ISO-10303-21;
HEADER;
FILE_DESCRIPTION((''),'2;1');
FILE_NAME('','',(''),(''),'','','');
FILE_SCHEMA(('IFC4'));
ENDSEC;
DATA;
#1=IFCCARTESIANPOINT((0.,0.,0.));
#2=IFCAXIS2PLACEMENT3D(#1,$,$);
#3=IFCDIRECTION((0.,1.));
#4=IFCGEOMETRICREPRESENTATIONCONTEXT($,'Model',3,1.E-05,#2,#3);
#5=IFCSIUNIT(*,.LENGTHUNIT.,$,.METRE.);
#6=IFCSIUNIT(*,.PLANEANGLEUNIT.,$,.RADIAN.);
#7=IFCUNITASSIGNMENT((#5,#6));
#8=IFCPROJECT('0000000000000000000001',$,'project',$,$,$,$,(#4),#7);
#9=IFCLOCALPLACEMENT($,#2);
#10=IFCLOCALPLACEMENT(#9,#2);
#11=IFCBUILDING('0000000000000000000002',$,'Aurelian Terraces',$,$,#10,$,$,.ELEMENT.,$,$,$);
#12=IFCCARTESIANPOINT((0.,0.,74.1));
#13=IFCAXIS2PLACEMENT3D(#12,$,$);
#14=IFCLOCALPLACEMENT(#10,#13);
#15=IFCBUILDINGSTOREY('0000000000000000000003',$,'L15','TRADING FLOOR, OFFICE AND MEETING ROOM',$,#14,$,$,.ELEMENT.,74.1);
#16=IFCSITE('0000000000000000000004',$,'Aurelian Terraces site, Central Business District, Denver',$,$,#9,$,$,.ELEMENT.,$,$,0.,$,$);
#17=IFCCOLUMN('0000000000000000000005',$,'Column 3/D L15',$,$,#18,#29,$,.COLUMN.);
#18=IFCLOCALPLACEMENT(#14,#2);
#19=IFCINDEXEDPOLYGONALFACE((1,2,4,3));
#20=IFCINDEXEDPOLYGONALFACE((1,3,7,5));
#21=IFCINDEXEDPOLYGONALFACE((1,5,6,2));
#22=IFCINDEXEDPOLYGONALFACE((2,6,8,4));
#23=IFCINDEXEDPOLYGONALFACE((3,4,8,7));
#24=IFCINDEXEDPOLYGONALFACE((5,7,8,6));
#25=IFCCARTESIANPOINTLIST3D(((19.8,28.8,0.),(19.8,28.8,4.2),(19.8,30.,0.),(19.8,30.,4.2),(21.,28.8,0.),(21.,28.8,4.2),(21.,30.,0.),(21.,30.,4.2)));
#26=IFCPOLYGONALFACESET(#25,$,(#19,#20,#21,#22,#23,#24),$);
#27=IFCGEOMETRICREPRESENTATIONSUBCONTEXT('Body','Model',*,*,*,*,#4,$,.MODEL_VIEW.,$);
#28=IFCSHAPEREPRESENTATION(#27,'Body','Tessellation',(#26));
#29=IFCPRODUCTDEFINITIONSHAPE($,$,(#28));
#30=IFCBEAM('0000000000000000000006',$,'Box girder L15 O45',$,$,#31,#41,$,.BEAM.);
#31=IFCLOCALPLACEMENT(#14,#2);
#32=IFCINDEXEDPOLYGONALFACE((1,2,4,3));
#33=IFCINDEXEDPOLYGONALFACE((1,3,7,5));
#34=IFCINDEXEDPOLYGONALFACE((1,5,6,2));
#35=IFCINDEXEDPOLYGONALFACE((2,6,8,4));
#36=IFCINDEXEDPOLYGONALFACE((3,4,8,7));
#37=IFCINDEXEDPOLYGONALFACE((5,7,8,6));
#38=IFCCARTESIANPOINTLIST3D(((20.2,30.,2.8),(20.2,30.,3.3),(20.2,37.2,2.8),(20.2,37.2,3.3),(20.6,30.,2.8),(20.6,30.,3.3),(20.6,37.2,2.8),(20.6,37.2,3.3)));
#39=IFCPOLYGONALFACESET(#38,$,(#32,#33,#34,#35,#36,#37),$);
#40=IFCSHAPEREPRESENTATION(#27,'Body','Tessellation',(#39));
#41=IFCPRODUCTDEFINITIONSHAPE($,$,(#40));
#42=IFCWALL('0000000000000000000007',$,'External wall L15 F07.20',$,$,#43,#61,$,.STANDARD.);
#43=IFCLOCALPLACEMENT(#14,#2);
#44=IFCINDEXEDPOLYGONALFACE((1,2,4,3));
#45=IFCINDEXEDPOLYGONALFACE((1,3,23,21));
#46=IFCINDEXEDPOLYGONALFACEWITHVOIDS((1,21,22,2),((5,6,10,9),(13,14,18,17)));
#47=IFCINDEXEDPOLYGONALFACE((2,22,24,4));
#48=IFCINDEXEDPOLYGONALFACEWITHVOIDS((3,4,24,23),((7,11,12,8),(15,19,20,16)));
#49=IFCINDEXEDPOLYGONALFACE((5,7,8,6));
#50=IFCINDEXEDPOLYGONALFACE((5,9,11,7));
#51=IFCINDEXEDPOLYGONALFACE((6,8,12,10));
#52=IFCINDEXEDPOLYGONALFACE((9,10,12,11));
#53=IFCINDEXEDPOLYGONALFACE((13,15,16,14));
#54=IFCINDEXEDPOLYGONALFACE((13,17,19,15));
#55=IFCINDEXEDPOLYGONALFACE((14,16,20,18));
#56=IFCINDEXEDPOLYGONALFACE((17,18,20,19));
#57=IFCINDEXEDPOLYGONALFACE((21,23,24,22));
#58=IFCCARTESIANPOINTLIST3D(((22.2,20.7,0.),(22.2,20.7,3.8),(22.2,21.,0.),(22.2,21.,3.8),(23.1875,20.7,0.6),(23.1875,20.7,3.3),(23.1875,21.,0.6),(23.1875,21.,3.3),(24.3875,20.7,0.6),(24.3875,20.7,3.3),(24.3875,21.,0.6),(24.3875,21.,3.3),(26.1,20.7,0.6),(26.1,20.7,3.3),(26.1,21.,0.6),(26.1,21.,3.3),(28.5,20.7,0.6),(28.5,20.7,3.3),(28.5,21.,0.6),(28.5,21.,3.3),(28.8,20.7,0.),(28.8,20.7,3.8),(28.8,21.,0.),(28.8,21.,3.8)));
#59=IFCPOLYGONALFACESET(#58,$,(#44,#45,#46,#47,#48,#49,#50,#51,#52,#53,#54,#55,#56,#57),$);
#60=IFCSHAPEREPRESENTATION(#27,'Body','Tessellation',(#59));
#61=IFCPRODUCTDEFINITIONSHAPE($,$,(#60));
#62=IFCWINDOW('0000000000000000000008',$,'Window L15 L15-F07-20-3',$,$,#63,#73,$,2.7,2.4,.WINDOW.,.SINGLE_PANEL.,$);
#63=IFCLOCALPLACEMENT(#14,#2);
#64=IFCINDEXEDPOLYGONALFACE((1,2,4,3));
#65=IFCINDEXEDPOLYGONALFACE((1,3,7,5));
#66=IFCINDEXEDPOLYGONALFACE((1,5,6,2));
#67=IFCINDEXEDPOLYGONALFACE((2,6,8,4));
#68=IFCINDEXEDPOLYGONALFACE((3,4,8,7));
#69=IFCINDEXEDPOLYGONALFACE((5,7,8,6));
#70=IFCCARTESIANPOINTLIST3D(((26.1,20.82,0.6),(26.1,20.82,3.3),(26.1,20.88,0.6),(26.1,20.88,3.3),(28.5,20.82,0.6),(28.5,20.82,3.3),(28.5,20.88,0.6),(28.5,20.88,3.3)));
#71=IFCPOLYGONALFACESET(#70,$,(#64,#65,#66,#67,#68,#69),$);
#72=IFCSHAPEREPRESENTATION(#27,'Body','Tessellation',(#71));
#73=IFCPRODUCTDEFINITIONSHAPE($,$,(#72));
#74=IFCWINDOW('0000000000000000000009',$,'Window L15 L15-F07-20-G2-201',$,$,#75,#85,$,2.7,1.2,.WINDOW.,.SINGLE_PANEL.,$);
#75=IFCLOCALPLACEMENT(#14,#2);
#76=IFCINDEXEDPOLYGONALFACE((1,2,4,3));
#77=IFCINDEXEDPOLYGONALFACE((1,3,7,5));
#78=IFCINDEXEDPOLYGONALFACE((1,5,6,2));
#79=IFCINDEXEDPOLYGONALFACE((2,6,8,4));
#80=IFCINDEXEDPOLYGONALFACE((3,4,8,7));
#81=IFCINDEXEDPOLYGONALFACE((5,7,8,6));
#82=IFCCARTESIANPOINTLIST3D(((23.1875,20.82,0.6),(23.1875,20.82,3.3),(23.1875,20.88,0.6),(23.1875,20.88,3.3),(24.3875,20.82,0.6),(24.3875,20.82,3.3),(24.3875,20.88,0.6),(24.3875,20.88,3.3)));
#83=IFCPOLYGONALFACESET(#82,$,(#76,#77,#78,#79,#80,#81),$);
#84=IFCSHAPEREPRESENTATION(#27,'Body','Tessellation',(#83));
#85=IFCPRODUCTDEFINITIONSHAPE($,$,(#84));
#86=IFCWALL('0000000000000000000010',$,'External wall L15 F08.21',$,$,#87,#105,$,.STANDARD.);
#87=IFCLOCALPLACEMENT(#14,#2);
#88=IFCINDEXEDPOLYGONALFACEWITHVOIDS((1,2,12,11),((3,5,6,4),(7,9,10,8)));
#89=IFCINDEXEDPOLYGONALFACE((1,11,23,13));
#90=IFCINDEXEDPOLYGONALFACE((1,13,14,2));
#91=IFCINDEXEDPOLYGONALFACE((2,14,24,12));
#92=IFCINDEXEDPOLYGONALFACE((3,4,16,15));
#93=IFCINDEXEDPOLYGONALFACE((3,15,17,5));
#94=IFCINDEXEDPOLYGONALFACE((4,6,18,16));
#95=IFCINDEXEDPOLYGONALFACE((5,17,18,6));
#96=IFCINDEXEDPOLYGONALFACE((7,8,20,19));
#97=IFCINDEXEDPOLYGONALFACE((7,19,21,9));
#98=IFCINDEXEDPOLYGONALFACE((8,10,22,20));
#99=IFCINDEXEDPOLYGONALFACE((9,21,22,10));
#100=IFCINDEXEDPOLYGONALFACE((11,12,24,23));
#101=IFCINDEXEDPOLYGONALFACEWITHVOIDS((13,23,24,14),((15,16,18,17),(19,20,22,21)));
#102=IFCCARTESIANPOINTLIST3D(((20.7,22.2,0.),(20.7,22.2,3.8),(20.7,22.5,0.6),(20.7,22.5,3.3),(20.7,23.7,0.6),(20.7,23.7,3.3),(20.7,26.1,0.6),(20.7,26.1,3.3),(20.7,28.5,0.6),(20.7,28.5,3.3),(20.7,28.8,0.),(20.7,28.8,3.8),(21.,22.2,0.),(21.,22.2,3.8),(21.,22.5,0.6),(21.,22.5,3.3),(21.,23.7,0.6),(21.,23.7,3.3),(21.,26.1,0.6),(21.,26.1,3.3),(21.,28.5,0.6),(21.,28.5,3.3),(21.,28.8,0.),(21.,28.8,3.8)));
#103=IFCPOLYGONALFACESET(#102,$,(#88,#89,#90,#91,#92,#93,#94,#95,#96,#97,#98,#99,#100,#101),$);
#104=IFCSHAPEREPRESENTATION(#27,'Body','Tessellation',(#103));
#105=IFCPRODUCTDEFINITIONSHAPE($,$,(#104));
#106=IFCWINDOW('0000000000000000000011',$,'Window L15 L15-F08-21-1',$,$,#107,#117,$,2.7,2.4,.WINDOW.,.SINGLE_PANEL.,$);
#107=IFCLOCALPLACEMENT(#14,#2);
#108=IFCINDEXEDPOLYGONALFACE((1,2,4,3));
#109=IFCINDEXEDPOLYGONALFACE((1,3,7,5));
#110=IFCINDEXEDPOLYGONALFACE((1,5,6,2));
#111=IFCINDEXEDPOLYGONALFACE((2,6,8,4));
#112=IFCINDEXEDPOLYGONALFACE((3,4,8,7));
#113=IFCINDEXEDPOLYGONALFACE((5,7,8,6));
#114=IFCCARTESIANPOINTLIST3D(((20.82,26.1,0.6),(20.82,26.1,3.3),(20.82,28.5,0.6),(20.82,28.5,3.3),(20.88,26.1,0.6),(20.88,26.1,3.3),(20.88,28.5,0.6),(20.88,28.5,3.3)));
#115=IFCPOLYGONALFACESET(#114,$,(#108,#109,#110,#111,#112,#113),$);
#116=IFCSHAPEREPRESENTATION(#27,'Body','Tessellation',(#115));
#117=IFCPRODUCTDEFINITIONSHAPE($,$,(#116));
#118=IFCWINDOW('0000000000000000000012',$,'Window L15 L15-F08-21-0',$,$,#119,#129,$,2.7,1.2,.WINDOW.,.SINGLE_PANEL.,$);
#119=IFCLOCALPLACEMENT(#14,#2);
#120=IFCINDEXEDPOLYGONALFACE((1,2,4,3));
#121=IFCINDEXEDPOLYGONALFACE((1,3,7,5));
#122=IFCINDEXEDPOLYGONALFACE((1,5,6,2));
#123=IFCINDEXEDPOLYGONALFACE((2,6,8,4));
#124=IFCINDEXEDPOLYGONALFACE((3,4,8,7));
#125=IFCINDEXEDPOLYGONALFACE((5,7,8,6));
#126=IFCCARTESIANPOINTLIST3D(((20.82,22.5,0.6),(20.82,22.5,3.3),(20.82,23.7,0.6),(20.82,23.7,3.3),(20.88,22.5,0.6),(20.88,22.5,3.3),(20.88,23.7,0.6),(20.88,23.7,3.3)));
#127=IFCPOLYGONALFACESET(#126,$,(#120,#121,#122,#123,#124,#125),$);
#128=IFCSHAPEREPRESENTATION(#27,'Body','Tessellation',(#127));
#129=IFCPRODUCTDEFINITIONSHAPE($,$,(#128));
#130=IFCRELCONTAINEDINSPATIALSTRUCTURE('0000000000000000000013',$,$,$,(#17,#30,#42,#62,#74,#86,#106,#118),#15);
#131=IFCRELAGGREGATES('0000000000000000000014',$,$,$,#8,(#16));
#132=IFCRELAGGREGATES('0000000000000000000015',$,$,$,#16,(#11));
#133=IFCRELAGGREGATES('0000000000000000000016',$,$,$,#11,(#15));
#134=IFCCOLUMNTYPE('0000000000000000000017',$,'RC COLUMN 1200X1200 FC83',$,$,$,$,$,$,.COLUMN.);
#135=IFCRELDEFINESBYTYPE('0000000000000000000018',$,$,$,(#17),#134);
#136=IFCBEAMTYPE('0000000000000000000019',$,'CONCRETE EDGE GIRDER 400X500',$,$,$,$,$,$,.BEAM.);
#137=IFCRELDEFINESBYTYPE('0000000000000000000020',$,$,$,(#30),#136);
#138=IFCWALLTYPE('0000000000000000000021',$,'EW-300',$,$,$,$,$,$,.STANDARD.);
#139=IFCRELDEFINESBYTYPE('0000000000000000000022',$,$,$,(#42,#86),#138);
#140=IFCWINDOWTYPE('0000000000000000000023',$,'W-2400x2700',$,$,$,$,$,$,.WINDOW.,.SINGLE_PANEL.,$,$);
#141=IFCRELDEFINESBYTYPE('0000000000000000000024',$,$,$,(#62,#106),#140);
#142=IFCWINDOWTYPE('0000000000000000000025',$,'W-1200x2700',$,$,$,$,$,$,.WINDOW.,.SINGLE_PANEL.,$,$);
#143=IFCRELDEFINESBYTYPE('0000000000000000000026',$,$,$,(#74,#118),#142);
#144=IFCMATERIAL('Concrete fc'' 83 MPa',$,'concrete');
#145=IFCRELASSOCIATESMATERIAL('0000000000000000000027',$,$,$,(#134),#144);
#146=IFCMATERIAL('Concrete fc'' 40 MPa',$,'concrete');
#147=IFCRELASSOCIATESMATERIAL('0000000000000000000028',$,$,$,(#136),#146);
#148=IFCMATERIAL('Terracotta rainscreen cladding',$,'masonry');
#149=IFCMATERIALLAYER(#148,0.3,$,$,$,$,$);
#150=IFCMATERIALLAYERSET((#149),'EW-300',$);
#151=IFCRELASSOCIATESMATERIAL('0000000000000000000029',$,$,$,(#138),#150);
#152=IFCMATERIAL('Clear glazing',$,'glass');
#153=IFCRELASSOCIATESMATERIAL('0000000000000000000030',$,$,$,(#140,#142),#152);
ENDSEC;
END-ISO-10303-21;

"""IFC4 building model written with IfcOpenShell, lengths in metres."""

from ifc_helpers import new_model, si_unit, direction, frame, frame_2d, origin, origin_2d, place, context, subcontext, project, spatial, rectangle, extrude, source, transform, mapped, material, layer, layer_set, material_profile, profile_set, type_object, element, fill, save


model = new_model("IFC4")

# Units and contexts
model_context = context("Model", 3, precision=1e-05, world=origin(), true_north=direction((0.0, 1.0)))
body_context = subcontext(model_context, "Body", "Model", "MODEL_VIEW")
ifc_project = project(units=[si_unit("LENGTHUNIT", "METRE"), si_unit("PLANEANGLEUNIT", "RADIAN")], contexts=[model_context])

# Site, building, storey
site_placement = place(None, origin())
site = spatial("IfcSite", under=ifc_project, at=site_placement, Name="Aurelian Terraces site, Central Business District, Denver", CompositionType="ELEMENT", RefElevation=0.0)
building_placement = place(site_placement, origin())
building = spatial("IfcBuilding", under=site, at=building_placement, Name="Aurelian Terraces", CompositionType="ELEMENT")
storey_placement = place(building_placement, frame((0.0, 0.0, 74.1)))
storey = spatial("IfcBuildingStorey", under=building, at=storey_placement, Name="L15", Description="TRADING FLOOR, OFFICE AND MEETING ROOM", CompositionType="ELEMENT", Elevation=74.1)

# Column
ifc_material_1 = material(Name="Concrete fc' 83 MPa", Category="concrete")
ifc_material_profile_1 = material_profile(ifc_material_1, rectangle(XDim=1.2, YDim=1.2, at=origin_2d()))
ifc_profile_set_1 = profile_set([ifc_material_profile_1], Name="Concrete fc' 83 MPa")
column_type = type_object("IfcColumnType", Name="RC COLUMN 1200X1200 FC83", PredefinedType="COLUMN", material=ifc_profile_set_1)
shared_shape_1 = source(origin(), body_context, "Body", "SweptSolid", [
    extrude(rectangle(XDim=1.2, YDim=1.2, at=origin_2d()), origin(), (0.0, 0.0, 1.0), 4.2),
])
column_placement = place(storey_placement, frame((20.4, 29.4, 0.0), z_axis=(0.0, 0.0, 1.0), x_axis=(1.0, 0.0, 0.0)))
element("IfcColumn", 1, at=column_placement, inside=storey, type_object=column_type, Name="Column 3/D L15", PredefinedType="COLUMN", context=body_context, shape_type="MappedRepresentation", body=[
    mapped(shared_shape_1, transform((0.0, 0.0, 0.0), scale=1.0)),
])

# Beam
ifc_material_2 = material(Name="Concrete fc' 40 MPa", Category="concrete")
ifc_material_profile_2 = material_profile(ifc_material_2, rectangle(XDim=0.4, YDim=0.5, at=origin_2d()))
ifc_profile_set_2 = profile_set([ifc_material_profile_2], Name="Concrete fc' 40 MPa")
beam_type = type_object("IfcBeamType", Name="CONCRETE EDGE GIRDER 400X500", PredefinedType="BEAM", material=ifc_profile_set_2)
shared_shape_2 = source(origin(), body_context, "Body", "SweptSolid", [
    extrude(rectangle(XDim=0.4, YDim=0.5, at=origin_2d()), origin(), (0.0, 0.0, 1.0), 7.2),
])
beam_placement = place(storey_placement, frame((20.4, 30.0, 3.05), z_axis=(0.0, 1.0, 0.0), x_axis=(-1.0, 0.0, 0.0)))
element("IfcBeam", 2, at=beam_placement, inside=storey, type_object=beam_type, Name="Box girder L15 O45", PredefinedType="BEAM", context=body_context, shape_type="MappedRepresentation", body=[
    mapped(shared_shape_2, transform((0.0, 0.0, 0.0), scale=1.0)),
])

# Walls, openings, windows
ifc_material_3 = material(Name="Terracotta rainscreen cladding", Category="masonry")
ifc_layer_1 = layer(ifc_material_3, 0.3)
ifc_layer_set_1 = layer_set([ifc_layer_1], Name="EW-300")
wall_type_1 = type_object("IfcWallType", Name="EW-300", PredefinedType="STANDARD", material=ifc_layer_set_1)
shared_shape_3 = source(origin(), body_context, "Body", "SweptSolid", [
    extrude(rectangle(XDim=6.6, YDim=0.3, at=frame_2d((3.3, 0.0))), origin(), (0.0, 0.0, 1.0), 3.8),
])
wall_1_placement = place(storey_placement, frame((28.8, 20.85, 0.0), z_axis=(0.0, 0.0, 1.0), x_axis=(-1.0, 0.0, 0.0)))
wall_1 = element("IfcWall", 3, at=wall_1_placement, inside=storey, type_object=wall_type_1, Name="External wall L15 F07.20", PredefinedType="STANDARD", context=body_context, shape_type="MappedRepresentation", body=[
    mapped(shared_shape_3, transform((0.0, 0.0, 0.0), scale=1.0)),
])
shared_shape_4 = source(origin(), body_context, "Body", "SweptSolid", [
    extrude(rectangle(XDim=2.4, YDim=2.7, at=frame_2d((1.2, 1.35))), frame((0.0, 0.16, 0.0), z_axis=(0.0, -1.0, 0.0), x_axis=(1.0, 0.0, 0.0)), (0.0, 0.0, 1.0), 0.32),
])
opening_1_placement = place(wall_1_placement, frame((0.3, 0.0, 0.6)))
opening_1 = element("IfcOpeningElement", 4, at=opening_1_placement, cuts=wall_1, PredefinedType="OPENING", context=body_context, shape_type="MappedRepresentation", body=[
    mapped(shared_shape_4, transform((0.0, 0.0, 0.0), scale=1.0)),
])
shared_shape_5 = source(origin(), body_context, "Body", "SweptSolid", [
    extrude(rectangle(XDim=1.2, YDim=2.7, at=frame_2d((0.6, 1.35))), frame((0.0, 0.16, 0.0), z_axis=(0.0, -1.0, 0.0), x_axis=(1.0, 0.0, 0.0)), (0.0, 0.0, 1.0), 0.32),
])
opening_2_placement = place(wall_1_placement, frame((4.4125, 0.0, 0.6)))
opening_2 = element("IfcOpeningElement", 5, at=opening_2_placement, cuts=wall_1, PredefinedType="OPENING", context=body_context, shape_type="MappedRepresentation", body=[
    mapped(shared_shape_5, transform((0.0, 0.0, 0.0), scale=1.0)),
])
ifc_material_4 = material(Name="Clear glazing", Category="glass")
window_type_1 = type_object("IfcWindowType", Name="W-2400x2700", PartitioningType="SINGLE_PANEL", PredefinedType="WINDOW", material=ifc_material_4)
shared_shape_6 = source(origin(), body_context, "Body", "SweptSolid", [
    extrude(rectangle(XDim=2.4, YDim=2.7, at=frame_2d((1.2, 1.35))), frame((0.0, 0.03, 0.0), z_axis=(0.0, -1.0, 0.0), x_axis=(1.0, 0.0, 0.0)), (0.0, 0.0, 1.0), 0.06),
])
window_1_placement = place(opening_1_placement, origin())
window_1 = element("IfcWindow", 6, at=window_1_placement, inside=storey, type_object=window_type_1, Name="Window L15 L15-F07-20-3", OverallHeight=2.7, OverallWidth=2.4, PartitioningType="SINGLE_PANEL", PredefinedType="WINDOW", context=body_context, shape_type="MappedRepresentation", body=[
    mapped(shared_shape_6, transform((0.0, 0.0, 0.0), scale=1.0)),
])
fill(opening_1, window_1)
window_type_2 = type_object("IfcWindowType", Name="W-1200x2700", PartitioningType="SINGLE_PANEL", PredefinedType="WINDOW", material=ifc_material_4)
shared_shape_7 = source(origin(), body_context, "Body", "SweptSolid", [
    extrude(rectangle(XDim=1.2, YDim=2.7, at=frame_2d((0.6, 1.35))), frame((0.0, 0.03, 0.0), z_axis=(0.0, -1.0, 0.0), x_axis=(1.0, 0.0, 0.0)), (0.0, 0.0, 1.0), 0.06),
])
window_2_placement = place(opening_2_placement, origin())
window_2 = element("IfcWindow", 7, at=window_2_placement, inside=storey, type_object=window_type_2, Name="Window L15 L15-F07-20-G2-201", OverallHeight=2.7, OverallWidth=1.2, PartitioningType="SINGLE_PANEL", PredefinedType="WINDOW", context=body_context, shape_type="MappedRepresentation", body=[
    mapped(shared_shape_7, transform((0.0, 0.0, 0.0), scale=1.0)),
])
fill(opening_2, window_2)
wall_2_placement = place(storey_placement, frame((20.85, 22.2, 0.0), z_axis=(0.0, 0.0, 1.0), x_axis=(0.0, 1.0, 0.0)))
wall_2 = element("IfcWall", 8, at=wall_2_placement, inside=storey, type_object=wall_type_1, Name="External wall L15 F08.21", PredefinedType="STANDARD", context=body_context, shape_type="MappedRepresentation", body=[
    mapped(shared_shape_3, transform((0.0, 0.0, 0.0), scale=1.0)),
])
opening_3_placement = place(wall_2_placement, frame((0.3, 0.0, 0.6)))
opening_3 = element("IfcOpeningElement", 9, at=opening_3_placement, cuts=wall_2, PredefinedType="OPENING", context=body_context, shape_type="MappedRepresentation", body=[
    mapped(shared_shape_5, transform((0.0, 0.0, 0.0), scale=1.0)),
])
opening_4_placement = place(wall_2_placement, frame((3.9, 0.0, 0.6)))
opening_4 = element("IfcOpeningElement", 10, at=opening_4_placement, cuts=wall_2, PredefinedType="OPENING", context=body_context, shape_type="MappedRepresentation", body=[
    mapped(shared_shape_4, transform((0.0, 0.0, 0.0), scale=1.0)),
])
window_3_placement = place(opening_4_placement, origin())
window_3 = element("IfcWindow", 11, at=window_3_placement, inside=storey, type_object=window_type_1, Name="Window L15 L15-F08-21-1", OverallHeight=2.7, OverallWidth=2.4, PartitioningType="SINGLE_PANEL", PredefinedType="WINDOW", context=body_context, shape_type="MappedRepresentation", body=[
    mapped(shared_shape_6, transform((0.0, 0.0, 0.0), scale=1.0)),
])
fill(opening_4, window_3)
window_4_placement = place(opening_3_placement, origin())
window_4 = element("IfcWindow", 12, at=window_4_placement, inside=storey, type_object=window_type_2, Name="Window L15 L15-F08-21-0", OverallHeight=2.7, OverallWidth=1.2, PartitioningType="SINGLE_PANEL", PredefinedType="WINDOW", context=body_context, shape_type="MappedRepresentation", body=[
    mapped(shared_shape_7, transform((0.0, 0.0, 0.0), scale=1.0)),
])
fill(opening_3, window_4)

save(model, "model.ifc")
